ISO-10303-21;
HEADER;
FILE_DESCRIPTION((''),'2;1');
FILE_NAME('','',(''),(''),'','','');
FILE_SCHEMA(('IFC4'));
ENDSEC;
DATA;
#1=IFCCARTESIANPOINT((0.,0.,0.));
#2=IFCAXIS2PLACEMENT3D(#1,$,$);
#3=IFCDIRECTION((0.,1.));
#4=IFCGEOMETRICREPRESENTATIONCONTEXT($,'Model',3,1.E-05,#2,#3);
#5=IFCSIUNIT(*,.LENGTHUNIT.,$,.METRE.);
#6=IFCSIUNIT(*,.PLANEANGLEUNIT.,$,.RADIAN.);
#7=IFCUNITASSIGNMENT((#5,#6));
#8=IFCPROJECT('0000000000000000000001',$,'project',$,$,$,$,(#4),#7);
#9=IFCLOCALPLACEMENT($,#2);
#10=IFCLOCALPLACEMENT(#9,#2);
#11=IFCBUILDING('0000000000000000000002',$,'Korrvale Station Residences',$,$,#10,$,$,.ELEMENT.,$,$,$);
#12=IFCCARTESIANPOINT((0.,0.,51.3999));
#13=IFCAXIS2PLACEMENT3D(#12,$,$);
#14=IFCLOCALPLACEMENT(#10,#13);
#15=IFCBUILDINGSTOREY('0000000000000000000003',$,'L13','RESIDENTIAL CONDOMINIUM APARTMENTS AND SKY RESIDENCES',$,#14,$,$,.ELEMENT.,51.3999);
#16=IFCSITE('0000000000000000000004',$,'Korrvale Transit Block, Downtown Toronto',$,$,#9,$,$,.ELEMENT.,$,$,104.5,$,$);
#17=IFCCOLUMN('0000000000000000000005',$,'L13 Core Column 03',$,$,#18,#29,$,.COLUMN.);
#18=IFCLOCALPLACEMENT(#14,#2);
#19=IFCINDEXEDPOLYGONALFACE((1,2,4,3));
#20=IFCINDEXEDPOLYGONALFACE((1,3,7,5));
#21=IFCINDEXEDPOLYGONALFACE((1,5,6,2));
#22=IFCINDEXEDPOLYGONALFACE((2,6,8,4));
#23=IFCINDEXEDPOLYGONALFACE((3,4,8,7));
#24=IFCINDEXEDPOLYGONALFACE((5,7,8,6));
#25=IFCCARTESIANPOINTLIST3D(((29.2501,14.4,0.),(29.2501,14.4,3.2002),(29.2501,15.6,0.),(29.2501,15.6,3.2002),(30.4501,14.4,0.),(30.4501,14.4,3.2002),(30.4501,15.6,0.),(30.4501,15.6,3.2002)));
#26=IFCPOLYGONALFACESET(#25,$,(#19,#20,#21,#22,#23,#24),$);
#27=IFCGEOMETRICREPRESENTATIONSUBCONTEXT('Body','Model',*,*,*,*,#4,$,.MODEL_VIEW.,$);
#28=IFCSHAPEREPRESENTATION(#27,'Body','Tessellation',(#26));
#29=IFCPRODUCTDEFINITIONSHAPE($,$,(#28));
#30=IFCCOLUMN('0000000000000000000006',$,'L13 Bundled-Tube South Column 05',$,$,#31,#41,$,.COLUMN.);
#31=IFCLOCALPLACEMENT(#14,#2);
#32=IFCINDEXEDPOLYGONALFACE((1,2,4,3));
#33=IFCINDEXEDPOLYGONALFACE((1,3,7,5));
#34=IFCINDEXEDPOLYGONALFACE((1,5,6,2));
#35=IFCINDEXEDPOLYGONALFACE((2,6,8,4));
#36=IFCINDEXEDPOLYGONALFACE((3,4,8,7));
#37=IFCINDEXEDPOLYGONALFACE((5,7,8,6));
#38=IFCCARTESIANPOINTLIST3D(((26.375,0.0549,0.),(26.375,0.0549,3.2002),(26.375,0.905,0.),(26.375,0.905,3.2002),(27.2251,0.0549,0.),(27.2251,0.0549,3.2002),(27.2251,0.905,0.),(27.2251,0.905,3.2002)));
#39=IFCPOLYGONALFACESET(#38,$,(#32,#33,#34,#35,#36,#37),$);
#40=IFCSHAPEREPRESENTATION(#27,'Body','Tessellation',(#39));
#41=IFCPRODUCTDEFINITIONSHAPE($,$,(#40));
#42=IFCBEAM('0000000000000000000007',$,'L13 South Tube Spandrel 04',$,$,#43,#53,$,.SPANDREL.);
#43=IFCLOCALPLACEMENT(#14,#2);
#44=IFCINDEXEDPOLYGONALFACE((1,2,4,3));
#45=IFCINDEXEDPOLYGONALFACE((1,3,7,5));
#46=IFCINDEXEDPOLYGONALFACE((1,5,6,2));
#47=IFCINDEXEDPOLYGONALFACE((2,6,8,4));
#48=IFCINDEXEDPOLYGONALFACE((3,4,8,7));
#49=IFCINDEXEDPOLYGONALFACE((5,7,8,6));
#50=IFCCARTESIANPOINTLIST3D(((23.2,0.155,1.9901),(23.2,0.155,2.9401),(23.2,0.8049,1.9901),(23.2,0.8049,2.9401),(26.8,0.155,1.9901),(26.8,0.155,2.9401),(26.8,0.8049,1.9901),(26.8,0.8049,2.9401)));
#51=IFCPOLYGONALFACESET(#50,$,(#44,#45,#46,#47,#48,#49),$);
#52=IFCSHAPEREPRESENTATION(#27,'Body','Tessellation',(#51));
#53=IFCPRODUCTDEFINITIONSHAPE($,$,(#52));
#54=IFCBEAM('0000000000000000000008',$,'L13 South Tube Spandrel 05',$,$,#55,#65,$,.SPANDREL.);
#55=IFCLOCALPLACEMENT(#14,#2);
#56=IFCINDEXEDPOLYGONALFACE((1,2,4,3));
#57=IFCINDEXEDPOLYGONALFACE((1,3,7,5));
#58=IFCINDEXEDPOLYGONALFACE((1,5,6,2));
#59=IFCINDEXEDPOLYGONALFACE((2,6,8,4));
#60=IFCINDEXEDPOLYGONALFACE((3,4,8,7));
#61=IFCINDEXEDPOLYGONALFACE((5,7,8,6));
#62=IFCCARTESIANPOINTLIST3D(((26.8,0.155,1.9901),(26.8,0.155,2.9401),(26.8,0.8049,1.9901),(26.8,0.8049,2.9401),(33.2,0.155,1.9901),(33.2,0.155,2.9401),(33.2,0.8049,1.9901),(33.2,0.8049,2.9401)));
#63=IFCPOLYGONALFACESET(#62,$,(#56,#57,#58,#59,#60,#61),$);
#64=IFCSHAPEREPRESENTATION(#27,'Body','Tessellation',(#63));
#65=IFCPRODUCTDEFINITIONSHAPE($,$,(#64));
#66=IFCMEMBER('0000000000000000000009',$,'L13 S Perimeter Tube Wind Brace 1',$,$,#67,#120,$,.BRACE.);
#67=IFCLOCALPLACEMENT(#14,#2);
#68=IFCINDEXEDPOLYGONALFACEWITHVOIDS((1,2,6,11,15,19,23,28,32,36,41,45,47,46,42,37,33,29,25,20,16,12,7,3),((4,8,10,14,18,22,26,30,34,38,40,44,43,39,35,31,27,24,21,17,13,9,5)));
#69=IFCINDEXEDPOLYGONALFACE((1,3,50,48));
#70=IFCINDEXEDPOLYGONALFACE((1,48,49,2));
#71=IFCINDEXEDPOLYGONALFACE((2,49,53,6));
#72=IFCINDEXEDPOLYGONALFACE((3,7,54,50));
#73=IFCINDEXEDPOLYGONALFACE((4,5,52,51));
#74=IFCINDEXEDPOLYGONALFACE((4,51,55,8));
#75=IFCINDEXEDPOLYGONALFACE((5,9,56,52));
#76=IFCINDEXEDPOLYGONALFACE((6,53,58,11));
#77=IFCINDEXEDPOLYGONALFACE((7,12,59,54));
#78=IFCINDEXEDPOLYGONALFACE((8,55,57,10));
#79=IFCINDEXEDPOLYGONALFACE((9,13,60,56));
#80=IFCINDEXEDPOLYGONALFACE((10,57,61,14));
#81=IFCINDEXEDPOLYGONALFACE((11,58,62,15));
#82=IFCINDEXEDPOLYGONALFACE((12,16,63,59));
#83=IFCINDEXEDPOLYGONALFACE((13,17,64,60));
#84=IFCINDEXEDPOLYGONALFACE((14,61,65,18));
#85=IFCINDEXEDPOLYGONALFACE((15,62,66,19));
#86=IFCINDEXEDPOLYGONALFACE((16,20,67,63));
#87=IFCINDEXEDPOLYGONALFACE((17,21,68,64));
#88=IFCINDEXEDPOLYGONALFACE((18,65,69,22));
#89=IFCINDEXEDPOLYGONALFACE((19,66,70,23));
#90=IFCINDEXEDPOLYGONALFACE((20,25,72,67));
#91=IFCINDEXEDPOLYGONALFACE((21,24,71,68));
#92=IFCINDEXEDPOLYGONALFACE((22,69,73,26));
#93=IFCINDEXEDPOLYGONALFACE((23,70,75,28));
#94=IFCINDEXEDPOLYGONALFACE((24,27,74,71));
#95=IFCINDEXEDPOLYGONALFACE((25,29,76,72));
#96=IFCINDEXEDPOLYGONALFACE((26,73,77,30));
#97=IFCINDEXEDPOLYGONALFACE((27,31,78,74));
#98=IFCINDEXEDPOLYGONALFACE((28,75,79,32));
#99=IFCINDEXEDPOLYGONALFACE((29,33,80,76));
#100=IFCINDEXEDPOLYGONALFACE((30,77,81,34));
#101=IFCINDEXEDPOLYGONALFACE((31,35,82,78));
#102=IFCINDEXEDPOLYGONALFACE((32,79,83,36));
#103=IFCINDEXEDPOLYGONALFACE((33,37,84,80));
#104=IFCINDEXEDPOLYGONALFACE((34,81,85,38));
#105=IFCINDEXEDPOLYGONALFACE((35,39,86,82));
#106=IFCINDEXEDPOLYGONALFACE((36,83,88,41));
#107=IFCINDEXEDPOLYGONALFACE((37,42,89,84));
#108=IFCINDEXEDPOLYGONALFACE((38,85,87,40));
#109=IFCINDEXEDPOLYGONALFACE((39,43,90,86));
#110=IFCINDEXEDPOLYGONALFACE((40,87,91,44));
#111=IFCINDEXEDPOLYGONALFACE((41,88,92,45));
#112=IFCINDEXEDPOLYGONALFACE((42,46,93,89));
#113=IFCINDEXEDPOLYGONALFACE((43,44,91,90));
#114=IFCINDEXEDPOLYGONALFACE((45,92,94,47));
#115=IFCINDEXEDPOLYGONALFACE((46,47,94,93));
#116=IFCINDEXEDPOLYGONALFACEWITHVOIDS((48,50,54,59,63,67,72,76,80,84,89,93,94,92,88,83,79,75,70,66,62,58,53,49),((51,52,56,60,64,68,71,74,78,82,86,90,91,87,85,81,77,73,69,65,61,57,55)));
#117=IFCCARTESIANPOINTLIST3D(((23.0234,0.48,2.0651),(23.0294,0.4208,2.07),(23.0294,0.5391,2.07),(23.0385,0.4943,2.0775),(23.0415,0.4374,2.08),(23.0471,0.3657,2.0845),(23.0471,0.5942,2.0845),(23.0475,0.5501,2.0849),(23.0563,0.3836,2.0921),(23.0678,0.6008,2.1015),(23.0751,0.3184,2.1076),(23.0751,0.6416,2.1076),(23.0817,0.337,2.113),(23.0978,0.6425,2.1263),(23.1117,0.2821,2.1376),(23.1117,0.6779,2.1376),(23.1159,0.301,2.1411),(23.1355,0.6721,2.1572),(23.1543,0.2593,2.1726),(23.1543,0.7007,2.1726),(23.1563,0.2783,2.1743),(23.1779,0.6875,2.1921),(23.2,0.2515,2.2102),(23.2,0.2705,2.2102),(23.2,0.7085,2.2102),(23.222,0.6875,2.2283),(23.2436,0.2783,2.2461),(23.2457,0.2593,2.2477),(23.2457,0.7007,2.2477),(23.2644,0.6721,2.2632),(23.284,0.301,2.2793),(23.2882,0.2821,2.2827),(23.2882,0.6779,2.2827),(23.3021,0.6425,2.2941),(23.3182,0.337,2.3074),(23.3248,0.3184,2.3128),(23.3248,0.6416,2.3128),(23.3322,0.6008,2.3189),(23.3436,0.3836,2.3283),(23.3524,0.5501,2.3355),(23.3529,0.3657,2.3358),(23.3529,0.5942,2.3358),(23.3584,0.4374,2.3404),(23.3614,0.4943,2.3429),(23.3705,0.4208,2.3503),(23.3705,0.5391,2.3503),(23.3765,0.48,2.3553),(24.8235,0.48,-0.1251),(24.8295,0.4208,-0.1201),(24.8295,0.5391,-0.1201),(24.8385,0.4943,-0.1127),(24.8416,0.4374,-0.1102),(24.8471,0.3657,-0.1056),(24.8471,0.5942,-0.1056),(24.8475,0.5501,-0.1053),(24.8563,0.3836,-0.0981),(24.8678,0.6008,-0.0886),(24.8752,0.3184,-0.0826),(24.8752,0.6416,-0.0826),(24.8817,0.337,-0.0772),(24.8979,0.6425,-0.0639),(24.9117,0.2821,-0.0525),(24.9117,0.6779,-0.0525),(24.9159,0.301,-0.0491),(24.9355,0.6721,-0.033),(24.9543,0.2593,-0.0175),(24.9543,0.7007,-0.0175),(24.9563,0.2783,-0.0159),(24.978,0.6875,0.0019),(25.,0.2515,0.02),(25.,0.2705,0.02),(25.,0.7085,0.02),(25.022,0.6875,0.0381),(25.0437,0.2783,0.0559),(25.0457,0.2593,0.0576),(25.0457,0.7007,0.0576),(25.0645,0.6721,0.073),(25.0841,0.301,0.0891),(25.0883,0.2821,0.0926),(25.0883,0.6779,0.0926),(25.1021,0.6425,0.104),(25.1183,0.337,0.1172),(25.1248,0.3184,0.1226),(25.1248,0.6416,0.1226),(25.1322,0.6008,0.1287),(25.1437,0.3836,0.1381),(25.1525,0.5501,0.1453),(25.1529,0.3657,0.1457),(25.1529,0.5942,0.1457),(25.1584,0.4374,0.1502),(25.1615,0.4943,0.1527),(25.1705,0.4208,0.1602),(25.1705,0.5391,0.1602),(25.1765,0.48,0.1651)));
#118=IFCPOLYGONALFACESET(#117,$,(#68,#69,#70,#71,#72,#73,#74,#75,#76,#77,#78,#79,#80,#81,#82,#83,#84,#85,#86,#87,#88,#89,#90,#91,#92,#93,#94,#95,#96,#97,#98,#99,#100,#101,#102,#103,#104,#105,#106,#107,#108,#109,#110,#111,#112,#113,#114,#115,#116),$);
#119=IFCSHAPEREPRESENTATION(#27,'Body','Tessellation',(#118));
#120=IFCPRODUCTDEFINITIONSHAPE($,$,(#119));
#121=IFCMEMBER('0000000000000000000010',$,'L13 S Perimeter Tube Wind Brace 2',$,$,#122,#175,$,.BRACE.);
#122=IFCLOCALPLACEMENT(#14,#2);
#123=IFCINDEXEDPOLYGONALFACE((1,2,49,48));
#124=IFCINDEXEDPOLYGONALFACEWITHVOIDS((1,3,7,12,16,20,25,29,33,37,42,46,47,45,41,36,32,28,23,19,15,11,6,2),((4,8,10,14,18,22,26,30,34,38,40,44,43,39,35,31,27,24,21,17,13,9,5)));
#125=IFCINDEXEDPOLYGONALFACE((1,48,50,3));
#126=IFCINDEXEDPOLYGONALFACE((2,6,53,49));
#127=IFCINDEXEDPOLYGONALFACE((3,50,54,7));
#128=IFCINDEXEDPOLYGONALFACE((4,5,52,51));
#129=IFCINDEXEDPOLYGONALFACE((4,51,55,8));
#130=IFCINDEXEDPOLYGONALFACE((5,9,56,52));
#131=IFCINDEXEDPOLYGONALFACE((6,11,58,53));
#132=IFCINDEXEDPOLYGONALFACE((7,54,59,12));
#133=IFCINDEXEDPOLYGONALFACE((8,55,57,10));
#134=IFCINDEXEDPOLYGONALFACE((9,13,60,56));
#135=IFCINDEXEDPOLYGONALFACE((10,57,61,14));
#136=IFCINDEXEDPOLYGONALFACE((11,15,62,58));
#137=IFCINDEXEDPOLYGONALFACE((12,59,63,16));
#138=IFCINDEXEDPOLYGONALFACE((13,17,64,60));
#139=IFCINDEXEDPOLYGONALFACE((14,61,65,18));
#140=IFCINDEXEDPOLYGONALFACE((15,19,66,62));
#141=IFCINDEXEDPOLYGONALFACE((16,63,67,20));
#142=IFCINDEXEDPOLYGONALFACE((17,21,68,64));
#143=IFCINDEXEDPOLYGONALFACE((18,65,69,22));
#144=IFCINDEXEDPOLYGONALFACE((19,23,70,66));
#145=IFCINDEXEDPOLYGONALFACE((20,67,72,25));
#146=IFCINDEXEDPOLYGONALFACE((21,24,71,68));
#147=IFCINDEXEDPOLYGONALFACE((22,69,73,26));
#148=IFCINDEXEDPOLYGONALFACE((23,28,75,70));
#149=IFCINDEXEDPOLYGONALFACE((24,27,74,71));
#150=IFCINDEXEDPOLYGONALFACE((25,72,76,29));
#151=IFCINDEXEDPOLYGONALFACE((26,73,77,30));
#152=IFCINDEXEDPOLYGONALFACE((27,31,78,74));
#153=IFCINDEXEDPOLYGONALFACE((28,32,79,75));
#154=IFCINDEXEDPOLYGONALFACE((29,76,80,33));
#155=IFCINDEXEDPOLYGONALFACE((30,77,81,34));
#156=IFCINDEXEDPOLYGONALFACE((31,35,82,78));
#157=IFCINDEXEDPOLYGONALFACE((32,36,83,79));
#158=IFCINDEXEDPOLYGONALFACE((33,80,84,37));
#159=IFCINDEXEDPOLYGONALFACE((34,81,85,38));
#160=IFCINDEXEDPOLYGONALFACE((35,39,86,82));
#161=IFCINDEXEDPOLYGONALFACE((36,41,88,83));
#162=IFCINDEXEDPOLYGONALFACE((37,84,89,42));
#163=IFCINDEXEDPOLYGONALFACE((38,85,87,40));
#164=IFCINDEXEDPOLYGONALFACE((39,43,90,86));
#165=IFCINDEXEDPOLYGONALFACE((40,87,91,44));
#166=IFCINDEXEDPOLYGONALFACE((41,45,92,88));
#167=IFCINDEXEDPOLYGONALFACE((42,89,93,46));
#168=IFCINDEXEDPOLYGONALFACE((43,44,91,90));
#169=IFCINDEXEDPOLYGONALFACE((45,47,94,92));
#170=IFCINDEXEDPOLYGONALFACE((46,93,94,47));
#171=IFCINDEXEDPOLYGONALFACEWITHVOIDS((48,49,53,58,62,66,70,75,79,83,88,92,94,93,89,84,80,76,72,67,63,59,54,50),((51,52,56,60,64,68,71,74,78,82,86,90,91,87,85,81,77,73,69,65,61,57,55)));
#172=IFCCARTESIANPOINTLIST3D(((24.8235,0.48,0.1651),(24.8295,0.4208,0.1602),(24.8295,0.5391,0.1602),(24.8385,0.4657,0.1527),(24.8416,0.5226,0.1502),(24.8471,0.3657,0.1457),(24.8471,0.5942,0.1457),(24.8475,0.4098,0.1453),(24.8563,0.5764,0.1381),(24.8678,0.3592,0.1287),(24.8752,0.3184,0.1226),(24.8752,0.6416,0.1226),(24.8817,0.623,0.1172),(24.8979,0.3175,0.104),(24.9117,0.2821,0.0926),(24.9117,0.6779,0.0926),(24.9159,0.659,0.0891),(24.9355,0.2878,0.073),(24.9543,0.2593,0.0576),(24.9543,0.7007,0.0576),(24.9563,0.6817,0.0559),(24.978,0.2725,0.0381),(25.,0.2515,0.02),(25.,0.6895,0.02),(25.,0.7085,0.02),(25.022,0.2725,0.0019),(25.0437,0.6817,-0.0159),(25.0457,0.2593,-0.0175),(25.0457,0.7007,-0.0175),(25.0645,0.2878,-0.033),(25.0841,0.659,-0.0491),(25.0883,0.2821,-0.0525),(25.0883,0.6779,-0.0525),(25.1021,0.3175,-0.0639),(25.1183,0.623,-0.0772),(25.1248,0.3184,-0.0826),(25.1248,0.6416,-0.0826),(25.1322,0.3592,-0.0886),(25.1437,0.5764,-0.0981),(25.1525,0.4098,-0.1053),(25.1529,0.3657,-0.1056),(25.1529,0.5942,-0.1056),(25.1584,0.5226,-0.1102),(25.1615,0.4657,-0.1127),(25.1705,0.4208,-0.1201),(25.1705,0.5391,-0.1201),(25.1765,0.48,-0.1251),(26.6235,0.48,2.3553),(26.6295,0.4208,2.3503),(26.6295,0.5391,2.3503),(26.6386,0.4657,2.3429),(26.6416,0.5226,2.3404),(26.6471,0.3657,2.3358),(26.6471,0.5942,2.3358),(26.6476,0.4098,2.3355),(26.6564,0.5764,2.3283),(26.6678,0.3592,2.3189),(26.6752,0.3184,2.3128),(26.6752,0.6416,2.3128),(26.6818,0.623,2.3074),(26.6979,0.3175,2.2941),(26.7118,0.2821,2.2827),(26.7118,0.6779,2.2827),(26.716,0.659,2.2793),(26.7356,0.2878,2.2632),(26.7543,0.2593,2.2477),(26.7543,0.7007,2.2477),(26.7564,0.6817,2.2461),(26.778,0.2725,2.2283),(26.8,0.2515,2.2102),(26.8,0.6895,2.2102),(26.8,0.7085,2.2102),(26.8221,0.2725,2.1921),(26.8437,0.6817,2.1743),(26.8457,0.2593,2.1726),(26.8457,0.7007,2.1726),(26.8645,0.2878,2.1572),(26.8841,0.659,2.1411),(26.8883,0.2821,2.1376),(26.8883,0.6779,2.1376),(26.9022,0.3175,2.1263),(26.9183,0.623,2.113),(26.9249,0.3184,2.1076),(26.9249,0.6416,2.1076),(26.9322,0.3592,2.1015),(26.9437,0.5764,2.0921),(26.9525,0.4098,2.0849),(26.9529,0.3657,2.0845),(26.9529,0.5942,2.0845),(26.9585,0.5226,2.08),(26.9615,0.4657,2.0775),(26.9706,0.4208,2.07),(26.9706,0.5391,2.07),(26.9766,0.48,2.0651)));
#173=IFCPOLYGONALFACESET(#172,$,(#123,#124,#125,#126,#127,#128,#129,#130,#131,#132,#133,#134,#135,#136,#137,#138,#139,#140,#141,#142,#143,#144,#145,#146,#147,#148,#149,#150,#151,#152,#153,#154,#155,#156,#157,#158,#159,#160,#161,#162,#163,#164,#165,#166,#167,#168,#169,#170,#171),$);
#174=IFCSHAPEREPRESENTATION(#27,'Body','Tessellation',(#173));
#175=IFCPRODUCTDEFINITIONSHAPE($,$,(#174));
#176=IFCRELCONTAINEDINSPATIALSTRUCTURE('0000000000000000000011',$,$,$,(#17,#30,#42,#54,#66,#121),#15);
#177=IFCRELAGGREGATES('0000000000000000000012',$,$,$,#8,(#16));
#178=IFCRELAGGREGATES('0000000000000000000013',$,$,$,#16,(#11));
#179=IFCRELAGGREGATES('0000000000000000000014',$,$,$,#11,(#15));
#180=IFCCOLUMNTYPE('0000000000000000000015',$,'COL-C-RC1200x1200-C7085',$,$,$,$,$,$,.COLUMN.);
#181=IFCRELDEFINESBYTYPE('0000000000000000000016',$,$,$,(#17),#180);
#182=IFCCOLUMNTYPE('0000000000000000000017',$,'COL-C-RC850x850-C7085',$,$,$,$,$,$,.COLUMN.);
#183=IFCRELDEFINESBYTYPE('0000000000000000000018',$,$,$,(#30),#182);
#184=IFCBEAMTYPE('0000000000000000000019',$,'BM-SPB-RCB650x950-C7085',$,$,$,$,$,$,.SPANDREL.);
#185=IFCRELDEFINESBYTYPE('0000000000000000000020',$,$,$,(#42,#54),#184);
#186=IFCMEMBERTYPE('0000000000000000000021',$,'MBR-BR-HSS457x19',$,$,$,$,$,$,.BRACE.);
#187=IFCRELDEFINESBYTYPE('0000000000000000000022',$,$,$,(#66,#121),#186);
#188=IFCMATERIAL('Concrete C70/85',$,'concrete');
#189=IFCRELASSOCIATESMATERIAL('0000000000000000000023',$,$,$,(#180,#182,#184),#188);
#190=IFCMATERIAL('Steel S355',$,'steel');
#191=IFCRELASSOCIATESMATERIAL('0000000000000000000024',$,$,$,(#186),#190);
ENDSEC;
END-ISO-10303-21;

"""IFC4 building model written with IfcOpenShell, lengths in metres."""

from ifc_helpers import new_model, si_unit, direction, frame, origin, origin_2d, place, context, subcontext, project, spatial, rectangle, hollow_circle, extrude, material, material_profile, profile_set, type_object, element, save


model = new_model("IFC4")

# Units and contexts
model_context = context("Model", 3, precision=1e-05, world=origin(), true_north=direction((0.0, 1.0)))
body_context = subcontext(model_context, "Body", "Model", "MODEL_VIEW")
ifc_project = project(units=[si_unit("LENGTHUNIT", "METRE"), si_unit("PLANEANGLEUNIT", "RADIAN")], contexts=[model_context])

# Site, building, storey
site_placement = place(None, origin())
site = spatial("IfcSite", under=ifc_project, at=site_placement, Name="Korrvale Transit Block, Downtown Toronto", CompositionType="ELEMENT", RefElevation=104.5)
building_placement = place(site_placement, origin())
building = spatial("IfcBuilding", under=site, at=building_placement, Name="Korrvale Station Residences", CompositionType="ELEMENT")
storey_placement = place(building_placement, frame((0.0, 0.0, 51.3999)))
storey = spatial("IfcBuildingStorey", under=building, at=storey_placement, Name="L13", Description="RESIDENTIAL CONDOMINIUM APARTMENTS AND SKY RESIDENCES", CompositionType="ELEMENT", Elevation=51.3999)

# Columns
ifc_material_1 = material(Name="Concrete C70/85", Category="concrete")
ifc_material_profile_1 = material_profile(ifc_material_1, rectangle(XDim=1.2, YDim=1.2, at=origin_2d()), Name="RC1200x1200")
ifc_profile_set_1 = profile_set([ifc_material_profile_1], Name="Concrete C70/85")
column_type_1 = type_object("IfcColumnType", Name="COL-C-RC1200x1200-C7085", PredefinedType="COLUMN", material=ifc_profile_set_1)
column_1_placement = place(storey_placement, frame((29.8501, 15.0, 0.0), z_axis=(0.0, 0.0, 1.0), x_axis=(1.0, 0.0, 0.0)))
element("IfcColumn", 1, at=column_1_placement, inside=storey, type_object=column_type_1, Name="L13 Core Column 03", PredefinedType="COLUMN", context=body_context, shape_type="SweptSolid", body=[
    extrude(rectangle(XDim=1.2, YDim=1.2, at=origin_2d()), origin(), (0.0, 0.0, 1.0), 3.2002),
])
ifc_material_profile_2 = material_profile(ifc_material_1, rectangle(XDim=0.8501, YDim=0.8501, at=origin_2d()), Name="RC850x850")
ifc_profile_set_2 = profile_set([ifc_material_profile_2], Name="Concrete C70/85")
column_type_2 = type_object("IfcColumnType", Name="COL-C-RC850x850-C7085", PredefinedType="COLUMN", material=ifc_profile_set_2)
column_2_placement = place(storey_placement, frame((26.8, 0.48, 0.0), z_axis=(0.0, 0.0, 1.0), x_axis=(1.0, 0.0, 0.0)))
element("IfcColumn", 2, at=column_2_placement, inside=storey, type_object=column_type_2, Name="L13 Bundled-Tube South Column 05", PredefinedType="COLUMN", context=body_context, shape_type="SweptSolid", body=[
    extrude(rectangle(XDim=0.8501, YDim=0.8501, at=origin_2d()), origin(), (0.0, 0.0, 1.0), 3.2002),
])

# Beams
ifc_material_profile_3 = material_profile(ifc_material_1, rectangle(XDim=0.6499, YDim=0.95, at=origin_2d()), Name="RCB650x950")
ifc_profile_set_3 = profile_set([ifc_material_profile_3], Name="Concrete C70/85")
beam_type = type_object("IfcBeamType", Name="BM-SPB-RCB650x950-C7085", PredefinedType="SPANDREL", material=ifc_profile_set_3)
beam_1_placement = place(storey_placement, frame((23.2, 0.48, 2.4651), z_axis=(1.0, 0.0, 0.0), x_axis=(0.0, 1.0, 0.0)))
element("IfcBeam", 3, at=beam_1_placement, inside=storey, type_object=beam_type, Name="L13 South Tube Spandrel 04", PredefinedType="SPANDREL", context=body_context, shape_type="SweptSolid", body=[
    extrude(rectangle(XDim=0.6499, YDim=0.95, at=origin_2d()), origin(), (0.0, 0.0, 1.0), 3.6001),
])
beam_2_placement = place(storey_placement, frame((26.8, 0.48, 2.4651), z_axis=(1.0, 0.0, 0.0), x_axis=(0.0, 1.0, 0.0)))
element("IfcBeam", 4, at=beam_2_placement, inside=storey, type_object=beam_type, Name="L13 South Tube Spandrel 05", PredefinedType="SPANDREL", context=body_context, shape_type="SweptSolid", body=[
    extrude(rectangle(XDim=0.6499, YDim=0.95, at=origin_2d()), origin(), (0.0, 0.0, 1.0), 6.3999),
])

# Members
ifc_material_2 = material(Name="Steel S355", Category="steel")
ifc_material_profile_4 = material_profile(ifc_material_2, hollow_circle(Radius=0.2285, WallThickness=0.019, at=origin_2d()), Name="HSS457x19")
ifc_profile_set_4 = profile_set([ifc_material_profile_4], Name="Steel S355")
member_type = type_object("IfcMemberType", Name="MBR-BR-HSS457x19", PredefinedType="BRACE", material=ifc_profile_set_4)
for number, where, z_axis, x_axis, name in (
    (5, (25.0, 0.48, 0.02), (-0.634943, 0.0, 0.772559), (0.0, -1.0, 0.0), "L13 S Perimeter Tube Wind Brace 1"),
    (6, (25.0, 0.48, 0.02), (0.634943, 0.0, 0.772559), (0.0, 1.0, 0.0), "L13 S Perimeter Tube Wind Brace 2"),
):
    element("IfcMember", number, at=place(storey_placement, frame(where, z_axis=z_axis, x_axis=x_axis)), inside=storey, type_object=member_type, Name=name, PredefinedType="BRACE", context=body_context, shape_type="SweptSolid", body=[
        extrude(hollow_circle(Radius=0.2285, WallThickness=0.019, at=origin_2d()), origin(), (0.0, 0.0, 1.0), 2.835),
    ])

save(model, "model.ifc")
